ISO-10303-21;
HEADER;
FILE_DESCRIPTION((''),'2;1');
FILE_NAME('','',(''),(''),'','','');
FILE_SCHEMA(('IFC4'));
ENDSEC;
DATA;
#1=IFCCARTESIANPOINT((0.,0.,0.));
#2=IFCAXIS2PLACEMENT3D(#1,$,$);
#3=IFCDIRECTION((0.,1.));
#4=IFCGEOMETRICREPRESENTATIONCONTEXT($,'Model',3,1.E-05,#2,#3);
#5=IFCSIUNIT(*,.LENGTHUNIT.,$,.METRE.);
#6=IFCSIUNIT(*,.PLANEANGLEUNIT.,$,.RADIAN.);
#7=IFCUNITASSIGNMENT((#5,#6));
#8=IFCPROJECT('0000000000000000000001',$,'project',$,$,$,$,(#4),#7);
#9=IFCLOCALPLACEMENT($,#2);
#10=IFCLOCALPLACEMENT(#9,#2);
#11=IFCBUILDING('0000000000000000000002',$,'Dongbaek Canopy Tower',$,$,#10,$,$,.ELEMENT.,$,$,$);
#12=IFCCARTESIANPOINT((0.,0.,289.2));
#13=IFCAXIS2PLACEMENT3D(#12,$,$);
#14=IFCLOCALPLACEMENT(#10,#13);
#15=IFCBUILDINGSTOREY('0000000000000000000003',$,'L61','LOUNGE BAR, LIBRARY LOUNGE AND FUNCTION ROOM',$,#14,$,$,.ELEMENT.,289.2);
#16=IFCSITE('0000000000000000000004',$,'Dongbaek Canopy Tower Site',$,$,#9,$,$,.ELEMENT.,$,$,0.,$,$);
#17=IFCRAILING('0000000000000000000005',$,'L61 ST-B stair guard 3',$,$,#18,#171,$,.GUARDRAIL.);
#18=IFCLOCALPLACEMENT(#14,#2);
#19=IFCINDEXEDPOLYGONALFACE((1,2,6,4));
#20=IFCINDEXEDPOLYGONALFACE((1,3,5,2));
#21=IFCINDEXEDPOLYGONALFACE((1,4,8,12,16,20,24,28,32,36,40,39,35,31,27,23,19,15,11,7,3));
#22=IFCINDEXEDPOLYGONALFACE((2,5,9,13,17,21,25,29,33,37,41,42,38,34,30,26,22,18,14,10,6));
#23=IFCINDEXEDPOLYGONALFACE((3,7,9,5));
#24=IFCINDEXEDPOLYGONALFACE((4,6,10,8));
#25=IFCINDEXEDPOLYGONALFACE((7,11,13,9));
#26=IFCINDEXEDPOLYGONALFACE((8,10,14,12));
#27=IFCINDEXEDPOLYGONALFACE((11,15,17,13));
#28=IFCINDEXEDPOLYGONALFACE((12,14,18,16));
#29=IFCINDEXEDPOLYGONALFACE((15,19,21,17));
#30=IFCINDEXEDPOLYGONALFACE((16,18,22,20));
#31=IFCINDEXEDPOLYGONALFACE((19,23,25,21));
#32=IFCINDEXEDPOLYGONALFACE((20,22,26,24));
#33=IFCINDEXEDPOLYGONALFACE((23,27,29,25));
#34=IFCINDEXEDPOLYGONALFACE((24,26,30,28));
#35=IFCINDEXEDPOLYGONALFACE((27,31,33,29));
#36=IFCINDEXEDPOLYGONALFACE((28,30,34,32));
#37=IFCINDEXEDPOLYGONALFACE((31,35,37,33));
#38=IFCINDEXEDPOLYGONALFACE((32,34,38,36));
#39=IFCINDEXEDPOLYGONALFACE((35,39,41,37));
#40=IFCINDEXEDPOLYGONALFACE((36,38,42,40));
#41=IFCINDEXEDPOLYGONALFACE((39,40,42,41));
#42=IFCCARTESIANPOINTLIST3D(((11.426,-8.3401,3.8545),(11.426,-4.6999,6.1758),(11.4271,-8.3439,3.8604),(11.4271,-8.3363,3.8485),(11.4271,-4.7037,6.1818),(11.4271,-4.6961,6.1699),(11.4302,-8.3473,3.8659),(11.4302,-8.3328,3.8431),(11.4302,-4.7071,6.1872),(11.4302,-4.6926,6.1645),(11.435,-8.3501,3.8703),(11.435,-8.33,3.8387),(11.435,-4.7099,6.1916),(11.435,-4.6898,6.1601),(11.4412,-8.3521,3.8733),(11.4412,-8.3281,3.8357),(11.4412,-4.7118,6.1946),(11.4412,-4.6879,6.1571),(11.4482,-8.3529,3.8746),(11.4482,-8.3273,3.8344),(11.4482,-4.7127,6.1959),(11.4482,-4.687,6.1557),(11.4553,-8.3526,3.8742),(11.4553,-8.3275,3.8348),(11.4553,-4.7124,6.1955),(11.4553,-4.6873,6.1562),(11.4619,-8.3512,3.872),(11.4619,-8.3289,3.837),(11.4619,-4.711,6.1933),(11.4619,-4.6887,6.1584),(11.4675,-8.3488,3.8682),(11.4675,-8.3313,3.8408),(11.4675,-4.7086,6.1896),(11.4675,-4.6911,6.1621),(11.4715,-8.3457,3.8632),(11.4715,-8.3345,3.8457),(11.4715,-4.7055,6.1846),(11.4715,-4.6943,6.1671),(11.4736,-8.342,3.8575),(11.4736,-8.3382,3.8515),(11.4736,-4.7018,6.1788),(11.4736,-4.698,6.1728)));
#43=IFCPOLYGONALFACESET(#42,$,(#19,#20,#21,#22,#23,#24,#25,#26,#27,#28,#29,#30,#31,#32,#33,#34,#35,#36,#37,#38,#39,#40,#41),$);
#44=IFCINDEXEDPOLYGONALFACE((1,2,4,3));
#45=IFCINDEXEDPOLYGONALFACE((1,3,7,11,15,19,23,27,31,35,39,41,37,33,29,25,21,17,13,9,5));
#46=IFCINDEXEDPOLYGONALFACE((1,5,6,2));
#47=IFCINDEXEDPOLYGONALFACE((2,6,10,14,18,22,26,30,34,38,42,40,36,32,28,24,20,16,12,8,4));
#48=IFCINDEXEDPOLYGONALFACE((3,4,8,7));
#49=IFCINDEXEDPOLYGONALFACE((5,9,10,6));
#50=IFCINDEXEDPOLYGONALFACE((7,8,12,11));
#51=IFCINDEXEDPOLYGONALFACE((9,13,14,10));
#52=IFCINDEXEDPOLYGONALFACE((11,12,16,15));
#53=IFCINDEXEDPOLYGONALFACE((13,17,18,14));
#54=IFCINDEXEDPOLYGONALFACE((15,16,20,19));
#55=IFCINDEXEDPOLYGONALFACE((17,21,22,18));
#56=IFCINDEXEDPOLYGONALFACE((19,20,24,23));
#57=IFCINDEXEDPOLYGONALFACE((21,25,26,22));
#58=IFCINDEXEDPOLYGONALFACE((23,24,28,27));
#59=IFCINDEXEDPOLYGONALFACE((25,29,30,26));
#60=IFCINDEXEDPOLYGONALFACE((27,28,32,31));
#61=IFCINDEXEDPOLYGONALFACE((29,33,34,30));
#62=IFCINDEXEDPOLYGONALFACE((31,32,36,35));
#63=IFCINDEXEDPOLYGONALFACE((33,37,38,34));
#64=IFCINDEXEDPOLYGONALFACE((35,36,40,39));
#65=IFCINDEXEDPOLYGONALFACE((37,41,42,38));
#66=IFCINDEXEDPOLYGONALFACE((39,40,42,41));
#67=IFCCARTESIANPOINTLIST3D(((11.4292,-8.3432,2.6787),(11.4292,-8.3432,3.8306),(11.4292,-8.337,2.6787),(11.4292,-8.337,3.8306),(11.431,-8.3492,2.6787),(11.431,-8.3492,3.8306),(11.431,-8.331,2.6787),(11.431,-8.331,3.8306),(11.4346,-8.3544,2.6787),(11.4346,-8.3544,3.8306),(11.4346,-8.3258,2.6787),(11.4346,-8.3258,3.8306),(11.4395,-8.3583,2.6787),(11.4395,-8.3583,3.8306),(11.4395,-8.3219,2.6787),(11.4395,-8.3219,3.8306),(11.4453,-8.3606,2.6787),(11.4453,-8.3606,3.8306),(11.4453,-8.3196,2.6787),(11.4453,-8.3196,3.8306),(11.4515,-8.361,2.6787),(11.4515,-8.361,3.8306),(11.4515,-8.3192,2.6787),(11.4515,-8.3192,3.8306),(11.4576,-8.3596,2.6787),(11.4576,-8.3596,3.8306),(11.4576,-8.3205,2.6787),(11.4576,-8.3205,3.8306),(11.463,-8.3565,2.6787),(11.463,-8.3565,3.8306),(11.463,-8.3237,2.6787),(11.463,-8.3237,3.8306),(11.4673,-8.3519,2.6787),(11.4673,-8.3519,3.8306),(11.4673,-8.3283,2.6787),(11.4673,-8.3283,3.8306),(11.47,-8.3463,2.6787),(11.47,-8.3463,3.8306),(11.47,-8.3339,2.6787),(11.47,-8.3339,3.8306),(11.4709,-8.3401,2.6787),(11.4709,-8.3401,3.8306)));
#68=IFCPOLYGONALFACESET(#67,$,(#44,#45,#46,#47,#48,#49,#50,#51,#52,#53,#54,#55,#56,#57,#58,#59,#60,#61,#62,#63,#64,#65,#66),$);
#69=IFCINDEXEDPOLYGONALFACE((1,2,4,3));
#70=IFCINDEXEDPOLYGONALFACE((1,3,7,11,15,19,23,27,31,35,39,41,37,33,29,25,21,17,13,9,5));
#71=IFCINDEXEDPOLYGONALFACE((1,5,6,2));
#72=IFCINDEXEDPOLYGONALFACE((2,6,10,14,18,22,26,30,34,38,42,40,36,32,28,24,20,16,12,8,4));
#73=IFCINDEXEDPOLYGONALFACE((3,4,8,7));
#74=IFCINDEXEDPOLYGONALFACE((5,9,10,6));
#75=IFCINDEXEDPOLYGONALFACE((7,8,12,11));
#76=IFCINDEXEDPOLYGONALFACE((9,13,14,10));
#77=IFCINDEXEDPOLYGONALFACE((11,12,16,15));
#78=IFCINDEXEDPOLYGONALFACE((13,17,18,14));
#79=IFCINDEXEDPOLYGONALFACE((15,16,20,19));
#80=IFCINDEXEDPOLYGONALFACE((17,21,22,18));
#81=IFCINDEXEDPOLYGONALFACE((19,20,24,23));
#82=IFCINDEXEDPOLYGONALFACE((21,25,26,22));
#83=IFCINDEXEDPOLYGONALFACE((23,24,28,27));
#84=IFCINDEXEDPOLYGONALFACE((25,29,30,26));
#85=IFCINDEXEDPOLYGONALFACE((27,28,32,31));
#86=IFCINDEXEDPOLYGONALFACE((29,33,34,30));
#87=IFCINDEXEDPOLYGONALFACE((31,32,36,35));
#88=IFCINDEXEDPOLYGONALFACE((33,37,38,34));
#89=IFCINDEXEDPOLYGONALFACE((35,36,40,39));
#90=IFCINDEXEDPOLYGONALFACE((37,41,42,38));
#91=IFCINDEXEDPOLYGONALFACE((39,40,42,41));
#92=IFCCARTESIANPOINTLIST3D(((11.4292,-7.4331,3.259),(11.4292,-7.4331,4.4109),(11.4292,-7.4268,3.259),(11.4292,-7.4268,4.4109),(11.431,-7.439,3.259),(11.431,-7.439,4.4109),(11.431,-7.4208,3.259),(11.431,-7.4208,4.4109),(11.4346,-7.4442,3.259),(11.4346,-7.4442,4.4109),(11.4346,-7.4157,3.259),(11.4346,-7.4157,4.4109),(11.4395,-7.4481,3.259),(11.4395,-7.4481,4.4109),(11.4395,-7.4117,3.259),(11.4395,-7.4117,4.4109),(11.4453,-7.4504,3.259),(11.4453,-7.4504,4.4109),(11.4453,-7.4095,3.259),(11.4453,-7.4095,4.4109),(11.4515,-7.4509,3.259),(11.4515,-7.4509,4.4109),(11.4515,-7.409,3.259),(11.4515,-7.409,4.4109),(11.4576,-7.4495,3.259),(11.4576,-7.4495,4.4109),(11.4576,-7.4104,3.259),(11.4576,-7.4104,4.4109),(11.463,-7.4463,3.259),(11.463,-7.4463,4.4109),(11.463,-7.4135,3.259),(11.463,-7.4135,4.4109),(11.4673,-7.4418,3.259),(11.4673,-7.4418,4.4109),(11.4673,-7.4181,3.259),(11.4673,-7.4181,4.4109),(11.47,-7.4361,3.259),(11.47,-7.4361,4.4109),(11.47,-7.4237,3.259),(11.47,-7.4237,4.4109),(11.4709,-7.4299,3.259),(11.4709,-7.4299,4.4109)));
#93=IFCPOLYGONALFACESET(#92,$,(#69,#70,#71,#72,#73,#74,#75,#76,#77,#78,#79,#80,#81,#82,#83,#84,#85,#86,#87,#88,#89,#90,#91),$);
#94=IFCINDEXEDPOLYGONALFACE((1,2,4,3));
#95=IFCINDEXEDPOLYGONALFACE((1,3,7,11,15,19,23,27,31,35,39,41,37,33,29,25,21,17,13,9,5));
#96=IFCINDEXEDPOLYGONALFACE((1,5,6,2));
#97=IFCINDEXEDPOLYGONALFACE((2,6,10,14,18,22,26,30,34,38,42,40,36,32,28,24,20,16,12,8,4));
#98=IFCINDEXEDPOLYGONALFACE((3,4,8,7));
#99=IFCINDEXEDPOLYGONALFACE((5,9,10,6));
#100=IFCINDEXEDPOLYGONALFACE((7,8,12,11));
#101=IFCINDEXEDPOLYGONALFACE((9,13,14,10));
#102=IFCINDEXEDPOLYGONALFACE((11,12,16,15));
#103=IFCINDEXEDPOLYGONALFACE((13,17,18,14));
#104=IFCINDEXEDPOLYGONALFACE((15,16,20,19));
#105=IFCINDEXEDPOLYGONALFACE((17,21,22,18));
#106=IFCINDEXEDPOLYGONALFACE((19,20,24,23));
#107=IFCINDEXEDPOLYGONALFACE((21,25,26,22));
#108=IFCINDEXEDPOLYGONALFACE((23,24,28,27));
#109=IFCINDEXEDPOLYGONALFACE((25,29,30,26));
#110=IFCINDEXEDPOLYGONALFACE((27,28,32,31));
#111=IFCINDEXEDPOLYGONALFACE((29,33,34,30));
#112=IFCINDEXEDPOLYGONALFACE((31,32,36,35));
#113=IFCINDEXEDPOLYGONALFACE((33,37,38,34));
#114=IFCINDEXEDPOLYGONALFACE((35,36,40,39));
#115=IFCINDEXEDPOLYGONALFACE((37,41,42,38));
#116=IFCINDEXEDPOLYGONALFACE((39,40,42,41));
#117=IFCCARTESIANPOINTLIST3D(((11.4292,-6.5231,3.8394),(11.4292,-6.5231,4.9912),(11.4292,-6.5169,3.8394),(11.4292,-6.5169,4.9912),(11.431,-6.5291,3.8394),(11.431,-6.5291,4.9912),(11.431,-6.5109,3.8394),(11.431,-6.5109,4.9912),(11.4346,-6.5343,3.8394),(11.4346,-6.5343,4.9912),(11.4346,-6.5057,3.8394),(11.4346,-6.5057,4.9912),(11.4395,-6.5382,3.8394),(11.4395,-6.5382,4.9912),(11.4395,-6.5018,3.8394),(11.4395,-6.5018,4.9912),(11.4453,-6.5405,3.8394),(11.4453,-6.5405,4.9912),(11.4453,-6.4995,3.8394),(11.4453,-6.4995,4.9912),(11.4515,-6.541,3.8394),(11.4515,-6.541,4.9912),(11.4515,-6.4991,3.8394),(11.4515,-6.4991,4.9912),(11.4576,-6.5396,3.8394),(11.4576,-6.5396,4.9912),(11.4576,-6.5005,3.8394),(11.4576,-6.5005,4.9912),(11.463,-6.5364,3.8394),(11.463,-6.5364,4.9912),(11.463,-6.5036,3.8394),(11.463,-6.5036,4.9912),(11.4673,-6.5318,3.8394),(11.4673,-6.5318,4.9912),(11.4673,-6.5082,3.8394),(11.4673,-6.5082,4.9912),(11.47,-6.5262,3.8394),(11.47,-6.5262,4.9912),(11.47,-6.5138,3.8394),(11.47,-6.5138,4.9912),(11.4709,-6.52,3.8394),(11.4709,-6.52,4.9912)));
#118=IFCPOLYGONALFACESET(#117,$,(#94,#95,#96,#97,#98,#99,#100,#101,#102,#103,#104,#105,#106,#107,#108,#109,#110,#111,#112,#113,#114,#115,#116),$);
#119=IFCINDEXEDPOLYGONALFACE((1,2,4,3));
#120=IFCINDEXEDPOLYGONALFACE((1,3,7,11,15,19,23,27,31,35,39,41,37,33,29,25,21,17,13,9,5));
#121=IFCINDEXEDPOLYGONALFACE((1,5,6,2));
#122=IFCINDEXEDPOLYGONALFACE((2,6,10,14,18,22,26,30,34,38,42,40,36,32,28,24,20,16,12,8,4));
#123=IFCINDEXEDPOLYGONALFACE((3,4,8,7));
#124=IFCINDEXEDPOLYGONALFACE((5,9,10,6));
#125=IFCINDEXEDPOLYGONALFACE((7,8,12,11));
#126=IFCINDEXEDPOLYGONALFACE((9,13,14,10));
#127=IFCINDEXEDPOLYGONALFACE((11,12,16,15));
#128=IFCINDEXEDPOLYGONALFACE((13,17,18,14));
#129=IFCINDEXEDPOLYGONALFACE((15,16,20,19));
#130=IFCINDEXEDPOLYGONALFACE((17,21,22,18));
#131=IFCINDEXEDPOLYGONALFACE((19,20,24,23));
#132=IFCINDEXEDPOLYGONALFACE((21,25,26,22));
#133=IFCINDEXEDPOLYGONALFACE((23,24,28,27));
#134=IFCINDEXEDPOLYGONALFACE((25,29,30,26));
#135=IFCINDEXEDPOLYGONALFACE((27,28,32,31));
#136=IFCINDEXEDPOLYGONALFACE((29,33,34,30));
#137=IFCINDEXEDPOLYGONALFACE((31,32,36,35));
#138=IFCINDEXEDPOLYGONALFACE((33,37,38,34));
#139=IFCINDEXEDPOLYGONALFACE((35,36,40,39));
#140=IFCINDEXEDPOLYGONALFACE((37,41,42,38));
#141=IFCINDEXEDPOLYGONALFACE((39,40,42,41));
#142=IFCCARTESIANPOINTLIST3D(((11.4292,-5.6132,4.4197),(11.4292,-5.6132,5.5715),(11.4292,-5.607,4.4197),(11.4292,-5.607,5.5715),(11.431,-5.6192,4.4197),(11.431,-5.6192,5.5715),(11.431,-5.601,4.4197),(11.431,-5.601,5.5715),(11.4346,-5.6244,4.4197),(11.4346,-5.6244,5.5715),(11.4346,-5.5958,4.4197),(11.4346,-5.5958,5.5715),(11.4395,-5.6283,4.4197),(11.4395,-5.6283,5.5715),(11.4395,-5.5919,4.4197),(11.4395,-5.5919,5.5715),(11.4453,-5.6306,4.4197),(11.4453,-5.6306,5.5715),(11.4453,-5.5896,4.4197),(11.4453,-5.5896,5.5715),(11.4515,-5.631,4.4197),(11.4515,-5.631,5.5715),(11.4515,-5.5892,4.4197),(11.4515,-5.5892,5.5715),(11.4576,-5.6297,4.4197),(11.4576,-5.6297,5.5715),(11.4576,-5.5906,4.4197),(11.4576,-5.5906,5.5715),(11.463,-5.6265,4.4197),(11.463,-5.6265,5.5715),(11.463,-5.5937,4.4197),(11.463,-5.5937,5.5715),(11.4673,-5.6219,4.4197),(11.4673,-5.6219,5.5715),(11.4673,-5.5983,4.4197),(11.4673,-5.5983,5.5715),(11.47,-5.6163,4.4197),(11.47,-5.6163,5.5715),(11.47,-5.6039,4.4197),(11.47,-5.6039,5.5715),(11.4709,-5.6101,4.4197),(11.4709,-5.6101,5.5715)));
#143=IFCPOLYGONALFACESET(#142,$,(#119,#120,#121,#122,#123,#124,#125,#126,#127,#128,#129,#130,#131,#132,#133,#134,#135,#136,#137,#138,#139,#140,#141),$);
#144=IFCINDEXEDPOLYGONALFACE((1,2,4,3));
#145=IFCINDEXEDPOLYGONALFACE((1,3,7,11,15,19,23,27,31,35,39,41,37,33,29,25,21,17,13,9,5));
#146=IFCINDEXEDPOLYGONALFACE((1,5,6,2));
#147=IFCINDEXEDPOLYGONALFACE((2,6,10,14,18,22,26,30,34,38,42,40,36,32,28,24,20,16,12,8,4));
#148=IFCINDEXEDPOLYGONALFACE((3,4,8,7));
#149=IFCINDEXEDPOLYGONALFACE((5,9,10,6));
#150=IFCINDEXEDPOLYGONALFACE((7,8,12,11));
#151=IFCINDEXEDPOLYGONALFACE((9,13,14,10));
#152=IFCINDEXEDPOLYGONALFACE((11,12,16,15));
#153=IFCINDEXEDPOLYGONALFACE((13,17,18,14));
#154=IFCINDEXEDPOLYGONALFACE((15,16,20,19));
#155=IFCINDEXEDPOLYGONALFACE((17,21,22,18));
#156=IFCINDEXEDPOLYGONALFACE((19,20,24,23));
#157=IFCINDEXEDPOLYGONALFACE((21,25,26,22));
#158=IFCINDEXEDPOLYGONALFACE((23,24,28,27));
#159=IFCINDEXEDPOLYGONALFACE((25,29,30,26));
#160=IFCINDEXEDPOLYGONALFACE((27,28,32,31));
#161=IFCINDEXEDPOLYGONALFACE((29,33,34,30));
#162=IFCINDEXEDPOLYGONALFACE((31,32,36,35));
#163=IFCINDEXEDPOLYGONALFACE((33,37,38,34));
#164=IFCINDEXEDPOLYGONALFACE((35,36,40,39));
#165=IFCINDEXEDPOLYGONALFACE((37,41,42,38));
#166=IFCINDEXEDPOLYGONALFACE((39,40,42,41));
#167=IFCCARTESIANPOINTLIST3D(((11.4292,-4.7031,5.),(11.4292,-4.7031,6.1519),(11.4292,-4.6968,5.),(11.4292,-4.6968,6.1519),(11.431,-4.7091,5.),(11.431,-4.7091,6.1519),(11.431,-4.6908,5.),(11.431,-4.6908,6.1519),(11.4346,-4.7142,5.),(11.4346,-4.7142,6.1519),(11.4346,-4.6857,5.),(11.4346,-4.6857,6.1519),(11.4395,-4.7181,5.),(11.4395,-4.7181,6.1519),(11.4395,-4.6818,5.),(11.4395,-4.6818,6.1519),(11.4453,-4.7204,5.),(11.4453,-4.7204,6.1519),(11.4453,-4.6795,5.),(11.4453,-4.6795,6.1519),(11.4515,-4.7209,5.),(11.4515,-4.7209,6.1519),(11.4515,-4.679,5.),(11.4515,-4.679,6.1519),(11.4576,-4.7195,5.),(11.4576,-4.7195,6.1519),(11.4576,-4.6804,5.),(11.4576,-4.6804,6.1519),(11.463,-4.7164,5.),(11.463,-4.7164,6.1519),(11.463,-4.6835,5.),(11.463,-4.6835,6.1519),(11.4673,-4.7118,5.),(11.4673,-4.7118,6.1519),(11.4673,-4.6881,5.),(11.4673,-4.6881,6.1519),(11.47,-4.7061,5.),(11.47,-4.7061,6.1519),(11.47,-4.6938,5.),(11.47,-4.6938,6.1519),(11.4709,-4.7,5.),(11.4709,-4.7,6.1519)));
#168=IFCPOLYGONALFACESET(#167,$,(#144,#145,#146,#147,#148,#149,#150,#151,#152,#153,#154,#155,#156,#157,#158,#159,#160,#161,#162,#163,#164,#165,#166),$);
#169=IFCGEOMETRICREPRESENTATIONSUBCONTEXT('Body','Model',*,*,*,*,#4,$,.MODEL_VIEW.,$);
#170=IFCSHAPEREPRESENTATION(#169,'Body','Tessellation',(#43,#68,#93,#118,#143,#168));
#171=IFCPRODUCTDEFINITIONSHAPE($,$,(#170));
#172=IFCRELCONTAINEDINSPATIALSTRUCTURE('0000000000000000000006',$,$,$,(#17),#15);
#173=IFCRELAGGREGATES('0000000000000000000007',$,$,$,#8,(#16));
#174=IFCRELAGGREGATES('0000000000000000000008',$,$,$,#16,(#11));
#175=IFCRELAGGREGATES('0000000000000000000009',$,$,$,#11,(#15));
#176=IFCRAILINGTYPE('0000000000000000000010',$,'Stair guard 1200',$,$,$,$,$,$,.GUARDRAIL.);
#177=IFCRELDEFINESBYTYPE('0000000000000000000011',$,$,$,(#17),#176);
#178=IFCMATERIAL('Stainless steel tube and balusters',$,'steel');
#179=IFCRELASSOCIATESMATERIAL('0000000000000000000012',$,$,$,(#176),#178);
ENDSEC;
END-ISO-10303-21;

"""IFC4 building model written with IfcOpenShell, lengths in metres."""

from ifc_helpers import new_model, si_unit, direction, frame, origin, origin_2d, place, context, subcontext, project, spatial, circle, extrude, material, type_object, element, save


model = new_model("IFC4")

# Units and contexts
model_context = context("Model", 3, precision=1e-05, world=origin(), true_north=direction((0.0, 1.0)))
body_context = subcontext(model_context, "Body", "Model", "MODEL_VIEW")
ifc_project = project(units=[si_unit("LENGTHUNIT", "METRE"), si_unit("PLANEANGLEUNIT", "RADIAN")], contexts=[model_context])

# Site, building, storey
site_placement = place(None, origin())
site = spatial("IfcSite", under=ifc_project, at=site_placement, Name="Dongbaek Canopy Tower Site", CompositionType="ELEMENT", RefElevation=0.0)
building_placement = place(site_placement, origin())
building = spatial("IfcBuilding", under=site, at=building_placement, Name="Dongbaek Canopy Tower", CompositionType="ELEMENT")
storey_placement = place(building_placement, frame((0.0, 0.0, 289.2)))
storey = spatial("IfcBuildingStorey", under=building, at=storey_placement, Name="L61", Description="LOUNGE BAR, LIBRARY LOUNGE AND FUNCTION ROOM", CompositionType="ELEMENT", Elevation=289.2)

# Railing
ifc_material_1 = material(Name="Stainless steel tube and balusters", Category="steel")
railing_type_1 = type_object("IfcRailingType", Name="Stair guard 1200", PredefinedType="GUARDRAIL", material=ifc_material_1)
railing_1_placement = place(storey_placement, frame((11.45, -8.3401, 2.6787)))
element("IfcRailing", 1, at=railing_1_placement, inside=storey, type_object=railing_type_1, Name="L61 ST-B stair guard 3", PredefinedType="GUARDRAIL", context=body_context, shape_type="SweptSolid", body=[
    extrude(circle(Radius=0.0239, at=origin_2d()), frame((0.0, 0.0, 1.1758), z_axis=(0.0, 0.843153, 0.537673), x_axis=(-1.0, 0.0, 0.0)), (0.0, 0.0, 1.0), 4.3174),
    extrude(circle(Radius=0.021, at=origin_2d()), origin(), (0.0, 0.0, 1.0), 1.1519),
    extrude(circle(Radius=0.021, at=origin_2d()), frame((0.0, 0.9102, 0.5803)), (0.0, 0.0, 1.0), 1.1519),
    extrude(circle(Radius=0.021, at=origin_2d()), frame((0.0, 1.8201, 1.1606)), (0.0, 0.0, 1.0), 1.1519),
    extrude(circle(Radius=0.021, at=origin_2d()), frame((0.0, 2.73, 1.741)), (0.0, 0.0, 1.0), 1.1519),
    extrude(circle(Radius=0.021, at=origin_2d()), frame((0.0, 3.6401, 2.3213)), (0.0, 0.0, 1.0), 1.1519),
])

save(model, "model.ifc")
